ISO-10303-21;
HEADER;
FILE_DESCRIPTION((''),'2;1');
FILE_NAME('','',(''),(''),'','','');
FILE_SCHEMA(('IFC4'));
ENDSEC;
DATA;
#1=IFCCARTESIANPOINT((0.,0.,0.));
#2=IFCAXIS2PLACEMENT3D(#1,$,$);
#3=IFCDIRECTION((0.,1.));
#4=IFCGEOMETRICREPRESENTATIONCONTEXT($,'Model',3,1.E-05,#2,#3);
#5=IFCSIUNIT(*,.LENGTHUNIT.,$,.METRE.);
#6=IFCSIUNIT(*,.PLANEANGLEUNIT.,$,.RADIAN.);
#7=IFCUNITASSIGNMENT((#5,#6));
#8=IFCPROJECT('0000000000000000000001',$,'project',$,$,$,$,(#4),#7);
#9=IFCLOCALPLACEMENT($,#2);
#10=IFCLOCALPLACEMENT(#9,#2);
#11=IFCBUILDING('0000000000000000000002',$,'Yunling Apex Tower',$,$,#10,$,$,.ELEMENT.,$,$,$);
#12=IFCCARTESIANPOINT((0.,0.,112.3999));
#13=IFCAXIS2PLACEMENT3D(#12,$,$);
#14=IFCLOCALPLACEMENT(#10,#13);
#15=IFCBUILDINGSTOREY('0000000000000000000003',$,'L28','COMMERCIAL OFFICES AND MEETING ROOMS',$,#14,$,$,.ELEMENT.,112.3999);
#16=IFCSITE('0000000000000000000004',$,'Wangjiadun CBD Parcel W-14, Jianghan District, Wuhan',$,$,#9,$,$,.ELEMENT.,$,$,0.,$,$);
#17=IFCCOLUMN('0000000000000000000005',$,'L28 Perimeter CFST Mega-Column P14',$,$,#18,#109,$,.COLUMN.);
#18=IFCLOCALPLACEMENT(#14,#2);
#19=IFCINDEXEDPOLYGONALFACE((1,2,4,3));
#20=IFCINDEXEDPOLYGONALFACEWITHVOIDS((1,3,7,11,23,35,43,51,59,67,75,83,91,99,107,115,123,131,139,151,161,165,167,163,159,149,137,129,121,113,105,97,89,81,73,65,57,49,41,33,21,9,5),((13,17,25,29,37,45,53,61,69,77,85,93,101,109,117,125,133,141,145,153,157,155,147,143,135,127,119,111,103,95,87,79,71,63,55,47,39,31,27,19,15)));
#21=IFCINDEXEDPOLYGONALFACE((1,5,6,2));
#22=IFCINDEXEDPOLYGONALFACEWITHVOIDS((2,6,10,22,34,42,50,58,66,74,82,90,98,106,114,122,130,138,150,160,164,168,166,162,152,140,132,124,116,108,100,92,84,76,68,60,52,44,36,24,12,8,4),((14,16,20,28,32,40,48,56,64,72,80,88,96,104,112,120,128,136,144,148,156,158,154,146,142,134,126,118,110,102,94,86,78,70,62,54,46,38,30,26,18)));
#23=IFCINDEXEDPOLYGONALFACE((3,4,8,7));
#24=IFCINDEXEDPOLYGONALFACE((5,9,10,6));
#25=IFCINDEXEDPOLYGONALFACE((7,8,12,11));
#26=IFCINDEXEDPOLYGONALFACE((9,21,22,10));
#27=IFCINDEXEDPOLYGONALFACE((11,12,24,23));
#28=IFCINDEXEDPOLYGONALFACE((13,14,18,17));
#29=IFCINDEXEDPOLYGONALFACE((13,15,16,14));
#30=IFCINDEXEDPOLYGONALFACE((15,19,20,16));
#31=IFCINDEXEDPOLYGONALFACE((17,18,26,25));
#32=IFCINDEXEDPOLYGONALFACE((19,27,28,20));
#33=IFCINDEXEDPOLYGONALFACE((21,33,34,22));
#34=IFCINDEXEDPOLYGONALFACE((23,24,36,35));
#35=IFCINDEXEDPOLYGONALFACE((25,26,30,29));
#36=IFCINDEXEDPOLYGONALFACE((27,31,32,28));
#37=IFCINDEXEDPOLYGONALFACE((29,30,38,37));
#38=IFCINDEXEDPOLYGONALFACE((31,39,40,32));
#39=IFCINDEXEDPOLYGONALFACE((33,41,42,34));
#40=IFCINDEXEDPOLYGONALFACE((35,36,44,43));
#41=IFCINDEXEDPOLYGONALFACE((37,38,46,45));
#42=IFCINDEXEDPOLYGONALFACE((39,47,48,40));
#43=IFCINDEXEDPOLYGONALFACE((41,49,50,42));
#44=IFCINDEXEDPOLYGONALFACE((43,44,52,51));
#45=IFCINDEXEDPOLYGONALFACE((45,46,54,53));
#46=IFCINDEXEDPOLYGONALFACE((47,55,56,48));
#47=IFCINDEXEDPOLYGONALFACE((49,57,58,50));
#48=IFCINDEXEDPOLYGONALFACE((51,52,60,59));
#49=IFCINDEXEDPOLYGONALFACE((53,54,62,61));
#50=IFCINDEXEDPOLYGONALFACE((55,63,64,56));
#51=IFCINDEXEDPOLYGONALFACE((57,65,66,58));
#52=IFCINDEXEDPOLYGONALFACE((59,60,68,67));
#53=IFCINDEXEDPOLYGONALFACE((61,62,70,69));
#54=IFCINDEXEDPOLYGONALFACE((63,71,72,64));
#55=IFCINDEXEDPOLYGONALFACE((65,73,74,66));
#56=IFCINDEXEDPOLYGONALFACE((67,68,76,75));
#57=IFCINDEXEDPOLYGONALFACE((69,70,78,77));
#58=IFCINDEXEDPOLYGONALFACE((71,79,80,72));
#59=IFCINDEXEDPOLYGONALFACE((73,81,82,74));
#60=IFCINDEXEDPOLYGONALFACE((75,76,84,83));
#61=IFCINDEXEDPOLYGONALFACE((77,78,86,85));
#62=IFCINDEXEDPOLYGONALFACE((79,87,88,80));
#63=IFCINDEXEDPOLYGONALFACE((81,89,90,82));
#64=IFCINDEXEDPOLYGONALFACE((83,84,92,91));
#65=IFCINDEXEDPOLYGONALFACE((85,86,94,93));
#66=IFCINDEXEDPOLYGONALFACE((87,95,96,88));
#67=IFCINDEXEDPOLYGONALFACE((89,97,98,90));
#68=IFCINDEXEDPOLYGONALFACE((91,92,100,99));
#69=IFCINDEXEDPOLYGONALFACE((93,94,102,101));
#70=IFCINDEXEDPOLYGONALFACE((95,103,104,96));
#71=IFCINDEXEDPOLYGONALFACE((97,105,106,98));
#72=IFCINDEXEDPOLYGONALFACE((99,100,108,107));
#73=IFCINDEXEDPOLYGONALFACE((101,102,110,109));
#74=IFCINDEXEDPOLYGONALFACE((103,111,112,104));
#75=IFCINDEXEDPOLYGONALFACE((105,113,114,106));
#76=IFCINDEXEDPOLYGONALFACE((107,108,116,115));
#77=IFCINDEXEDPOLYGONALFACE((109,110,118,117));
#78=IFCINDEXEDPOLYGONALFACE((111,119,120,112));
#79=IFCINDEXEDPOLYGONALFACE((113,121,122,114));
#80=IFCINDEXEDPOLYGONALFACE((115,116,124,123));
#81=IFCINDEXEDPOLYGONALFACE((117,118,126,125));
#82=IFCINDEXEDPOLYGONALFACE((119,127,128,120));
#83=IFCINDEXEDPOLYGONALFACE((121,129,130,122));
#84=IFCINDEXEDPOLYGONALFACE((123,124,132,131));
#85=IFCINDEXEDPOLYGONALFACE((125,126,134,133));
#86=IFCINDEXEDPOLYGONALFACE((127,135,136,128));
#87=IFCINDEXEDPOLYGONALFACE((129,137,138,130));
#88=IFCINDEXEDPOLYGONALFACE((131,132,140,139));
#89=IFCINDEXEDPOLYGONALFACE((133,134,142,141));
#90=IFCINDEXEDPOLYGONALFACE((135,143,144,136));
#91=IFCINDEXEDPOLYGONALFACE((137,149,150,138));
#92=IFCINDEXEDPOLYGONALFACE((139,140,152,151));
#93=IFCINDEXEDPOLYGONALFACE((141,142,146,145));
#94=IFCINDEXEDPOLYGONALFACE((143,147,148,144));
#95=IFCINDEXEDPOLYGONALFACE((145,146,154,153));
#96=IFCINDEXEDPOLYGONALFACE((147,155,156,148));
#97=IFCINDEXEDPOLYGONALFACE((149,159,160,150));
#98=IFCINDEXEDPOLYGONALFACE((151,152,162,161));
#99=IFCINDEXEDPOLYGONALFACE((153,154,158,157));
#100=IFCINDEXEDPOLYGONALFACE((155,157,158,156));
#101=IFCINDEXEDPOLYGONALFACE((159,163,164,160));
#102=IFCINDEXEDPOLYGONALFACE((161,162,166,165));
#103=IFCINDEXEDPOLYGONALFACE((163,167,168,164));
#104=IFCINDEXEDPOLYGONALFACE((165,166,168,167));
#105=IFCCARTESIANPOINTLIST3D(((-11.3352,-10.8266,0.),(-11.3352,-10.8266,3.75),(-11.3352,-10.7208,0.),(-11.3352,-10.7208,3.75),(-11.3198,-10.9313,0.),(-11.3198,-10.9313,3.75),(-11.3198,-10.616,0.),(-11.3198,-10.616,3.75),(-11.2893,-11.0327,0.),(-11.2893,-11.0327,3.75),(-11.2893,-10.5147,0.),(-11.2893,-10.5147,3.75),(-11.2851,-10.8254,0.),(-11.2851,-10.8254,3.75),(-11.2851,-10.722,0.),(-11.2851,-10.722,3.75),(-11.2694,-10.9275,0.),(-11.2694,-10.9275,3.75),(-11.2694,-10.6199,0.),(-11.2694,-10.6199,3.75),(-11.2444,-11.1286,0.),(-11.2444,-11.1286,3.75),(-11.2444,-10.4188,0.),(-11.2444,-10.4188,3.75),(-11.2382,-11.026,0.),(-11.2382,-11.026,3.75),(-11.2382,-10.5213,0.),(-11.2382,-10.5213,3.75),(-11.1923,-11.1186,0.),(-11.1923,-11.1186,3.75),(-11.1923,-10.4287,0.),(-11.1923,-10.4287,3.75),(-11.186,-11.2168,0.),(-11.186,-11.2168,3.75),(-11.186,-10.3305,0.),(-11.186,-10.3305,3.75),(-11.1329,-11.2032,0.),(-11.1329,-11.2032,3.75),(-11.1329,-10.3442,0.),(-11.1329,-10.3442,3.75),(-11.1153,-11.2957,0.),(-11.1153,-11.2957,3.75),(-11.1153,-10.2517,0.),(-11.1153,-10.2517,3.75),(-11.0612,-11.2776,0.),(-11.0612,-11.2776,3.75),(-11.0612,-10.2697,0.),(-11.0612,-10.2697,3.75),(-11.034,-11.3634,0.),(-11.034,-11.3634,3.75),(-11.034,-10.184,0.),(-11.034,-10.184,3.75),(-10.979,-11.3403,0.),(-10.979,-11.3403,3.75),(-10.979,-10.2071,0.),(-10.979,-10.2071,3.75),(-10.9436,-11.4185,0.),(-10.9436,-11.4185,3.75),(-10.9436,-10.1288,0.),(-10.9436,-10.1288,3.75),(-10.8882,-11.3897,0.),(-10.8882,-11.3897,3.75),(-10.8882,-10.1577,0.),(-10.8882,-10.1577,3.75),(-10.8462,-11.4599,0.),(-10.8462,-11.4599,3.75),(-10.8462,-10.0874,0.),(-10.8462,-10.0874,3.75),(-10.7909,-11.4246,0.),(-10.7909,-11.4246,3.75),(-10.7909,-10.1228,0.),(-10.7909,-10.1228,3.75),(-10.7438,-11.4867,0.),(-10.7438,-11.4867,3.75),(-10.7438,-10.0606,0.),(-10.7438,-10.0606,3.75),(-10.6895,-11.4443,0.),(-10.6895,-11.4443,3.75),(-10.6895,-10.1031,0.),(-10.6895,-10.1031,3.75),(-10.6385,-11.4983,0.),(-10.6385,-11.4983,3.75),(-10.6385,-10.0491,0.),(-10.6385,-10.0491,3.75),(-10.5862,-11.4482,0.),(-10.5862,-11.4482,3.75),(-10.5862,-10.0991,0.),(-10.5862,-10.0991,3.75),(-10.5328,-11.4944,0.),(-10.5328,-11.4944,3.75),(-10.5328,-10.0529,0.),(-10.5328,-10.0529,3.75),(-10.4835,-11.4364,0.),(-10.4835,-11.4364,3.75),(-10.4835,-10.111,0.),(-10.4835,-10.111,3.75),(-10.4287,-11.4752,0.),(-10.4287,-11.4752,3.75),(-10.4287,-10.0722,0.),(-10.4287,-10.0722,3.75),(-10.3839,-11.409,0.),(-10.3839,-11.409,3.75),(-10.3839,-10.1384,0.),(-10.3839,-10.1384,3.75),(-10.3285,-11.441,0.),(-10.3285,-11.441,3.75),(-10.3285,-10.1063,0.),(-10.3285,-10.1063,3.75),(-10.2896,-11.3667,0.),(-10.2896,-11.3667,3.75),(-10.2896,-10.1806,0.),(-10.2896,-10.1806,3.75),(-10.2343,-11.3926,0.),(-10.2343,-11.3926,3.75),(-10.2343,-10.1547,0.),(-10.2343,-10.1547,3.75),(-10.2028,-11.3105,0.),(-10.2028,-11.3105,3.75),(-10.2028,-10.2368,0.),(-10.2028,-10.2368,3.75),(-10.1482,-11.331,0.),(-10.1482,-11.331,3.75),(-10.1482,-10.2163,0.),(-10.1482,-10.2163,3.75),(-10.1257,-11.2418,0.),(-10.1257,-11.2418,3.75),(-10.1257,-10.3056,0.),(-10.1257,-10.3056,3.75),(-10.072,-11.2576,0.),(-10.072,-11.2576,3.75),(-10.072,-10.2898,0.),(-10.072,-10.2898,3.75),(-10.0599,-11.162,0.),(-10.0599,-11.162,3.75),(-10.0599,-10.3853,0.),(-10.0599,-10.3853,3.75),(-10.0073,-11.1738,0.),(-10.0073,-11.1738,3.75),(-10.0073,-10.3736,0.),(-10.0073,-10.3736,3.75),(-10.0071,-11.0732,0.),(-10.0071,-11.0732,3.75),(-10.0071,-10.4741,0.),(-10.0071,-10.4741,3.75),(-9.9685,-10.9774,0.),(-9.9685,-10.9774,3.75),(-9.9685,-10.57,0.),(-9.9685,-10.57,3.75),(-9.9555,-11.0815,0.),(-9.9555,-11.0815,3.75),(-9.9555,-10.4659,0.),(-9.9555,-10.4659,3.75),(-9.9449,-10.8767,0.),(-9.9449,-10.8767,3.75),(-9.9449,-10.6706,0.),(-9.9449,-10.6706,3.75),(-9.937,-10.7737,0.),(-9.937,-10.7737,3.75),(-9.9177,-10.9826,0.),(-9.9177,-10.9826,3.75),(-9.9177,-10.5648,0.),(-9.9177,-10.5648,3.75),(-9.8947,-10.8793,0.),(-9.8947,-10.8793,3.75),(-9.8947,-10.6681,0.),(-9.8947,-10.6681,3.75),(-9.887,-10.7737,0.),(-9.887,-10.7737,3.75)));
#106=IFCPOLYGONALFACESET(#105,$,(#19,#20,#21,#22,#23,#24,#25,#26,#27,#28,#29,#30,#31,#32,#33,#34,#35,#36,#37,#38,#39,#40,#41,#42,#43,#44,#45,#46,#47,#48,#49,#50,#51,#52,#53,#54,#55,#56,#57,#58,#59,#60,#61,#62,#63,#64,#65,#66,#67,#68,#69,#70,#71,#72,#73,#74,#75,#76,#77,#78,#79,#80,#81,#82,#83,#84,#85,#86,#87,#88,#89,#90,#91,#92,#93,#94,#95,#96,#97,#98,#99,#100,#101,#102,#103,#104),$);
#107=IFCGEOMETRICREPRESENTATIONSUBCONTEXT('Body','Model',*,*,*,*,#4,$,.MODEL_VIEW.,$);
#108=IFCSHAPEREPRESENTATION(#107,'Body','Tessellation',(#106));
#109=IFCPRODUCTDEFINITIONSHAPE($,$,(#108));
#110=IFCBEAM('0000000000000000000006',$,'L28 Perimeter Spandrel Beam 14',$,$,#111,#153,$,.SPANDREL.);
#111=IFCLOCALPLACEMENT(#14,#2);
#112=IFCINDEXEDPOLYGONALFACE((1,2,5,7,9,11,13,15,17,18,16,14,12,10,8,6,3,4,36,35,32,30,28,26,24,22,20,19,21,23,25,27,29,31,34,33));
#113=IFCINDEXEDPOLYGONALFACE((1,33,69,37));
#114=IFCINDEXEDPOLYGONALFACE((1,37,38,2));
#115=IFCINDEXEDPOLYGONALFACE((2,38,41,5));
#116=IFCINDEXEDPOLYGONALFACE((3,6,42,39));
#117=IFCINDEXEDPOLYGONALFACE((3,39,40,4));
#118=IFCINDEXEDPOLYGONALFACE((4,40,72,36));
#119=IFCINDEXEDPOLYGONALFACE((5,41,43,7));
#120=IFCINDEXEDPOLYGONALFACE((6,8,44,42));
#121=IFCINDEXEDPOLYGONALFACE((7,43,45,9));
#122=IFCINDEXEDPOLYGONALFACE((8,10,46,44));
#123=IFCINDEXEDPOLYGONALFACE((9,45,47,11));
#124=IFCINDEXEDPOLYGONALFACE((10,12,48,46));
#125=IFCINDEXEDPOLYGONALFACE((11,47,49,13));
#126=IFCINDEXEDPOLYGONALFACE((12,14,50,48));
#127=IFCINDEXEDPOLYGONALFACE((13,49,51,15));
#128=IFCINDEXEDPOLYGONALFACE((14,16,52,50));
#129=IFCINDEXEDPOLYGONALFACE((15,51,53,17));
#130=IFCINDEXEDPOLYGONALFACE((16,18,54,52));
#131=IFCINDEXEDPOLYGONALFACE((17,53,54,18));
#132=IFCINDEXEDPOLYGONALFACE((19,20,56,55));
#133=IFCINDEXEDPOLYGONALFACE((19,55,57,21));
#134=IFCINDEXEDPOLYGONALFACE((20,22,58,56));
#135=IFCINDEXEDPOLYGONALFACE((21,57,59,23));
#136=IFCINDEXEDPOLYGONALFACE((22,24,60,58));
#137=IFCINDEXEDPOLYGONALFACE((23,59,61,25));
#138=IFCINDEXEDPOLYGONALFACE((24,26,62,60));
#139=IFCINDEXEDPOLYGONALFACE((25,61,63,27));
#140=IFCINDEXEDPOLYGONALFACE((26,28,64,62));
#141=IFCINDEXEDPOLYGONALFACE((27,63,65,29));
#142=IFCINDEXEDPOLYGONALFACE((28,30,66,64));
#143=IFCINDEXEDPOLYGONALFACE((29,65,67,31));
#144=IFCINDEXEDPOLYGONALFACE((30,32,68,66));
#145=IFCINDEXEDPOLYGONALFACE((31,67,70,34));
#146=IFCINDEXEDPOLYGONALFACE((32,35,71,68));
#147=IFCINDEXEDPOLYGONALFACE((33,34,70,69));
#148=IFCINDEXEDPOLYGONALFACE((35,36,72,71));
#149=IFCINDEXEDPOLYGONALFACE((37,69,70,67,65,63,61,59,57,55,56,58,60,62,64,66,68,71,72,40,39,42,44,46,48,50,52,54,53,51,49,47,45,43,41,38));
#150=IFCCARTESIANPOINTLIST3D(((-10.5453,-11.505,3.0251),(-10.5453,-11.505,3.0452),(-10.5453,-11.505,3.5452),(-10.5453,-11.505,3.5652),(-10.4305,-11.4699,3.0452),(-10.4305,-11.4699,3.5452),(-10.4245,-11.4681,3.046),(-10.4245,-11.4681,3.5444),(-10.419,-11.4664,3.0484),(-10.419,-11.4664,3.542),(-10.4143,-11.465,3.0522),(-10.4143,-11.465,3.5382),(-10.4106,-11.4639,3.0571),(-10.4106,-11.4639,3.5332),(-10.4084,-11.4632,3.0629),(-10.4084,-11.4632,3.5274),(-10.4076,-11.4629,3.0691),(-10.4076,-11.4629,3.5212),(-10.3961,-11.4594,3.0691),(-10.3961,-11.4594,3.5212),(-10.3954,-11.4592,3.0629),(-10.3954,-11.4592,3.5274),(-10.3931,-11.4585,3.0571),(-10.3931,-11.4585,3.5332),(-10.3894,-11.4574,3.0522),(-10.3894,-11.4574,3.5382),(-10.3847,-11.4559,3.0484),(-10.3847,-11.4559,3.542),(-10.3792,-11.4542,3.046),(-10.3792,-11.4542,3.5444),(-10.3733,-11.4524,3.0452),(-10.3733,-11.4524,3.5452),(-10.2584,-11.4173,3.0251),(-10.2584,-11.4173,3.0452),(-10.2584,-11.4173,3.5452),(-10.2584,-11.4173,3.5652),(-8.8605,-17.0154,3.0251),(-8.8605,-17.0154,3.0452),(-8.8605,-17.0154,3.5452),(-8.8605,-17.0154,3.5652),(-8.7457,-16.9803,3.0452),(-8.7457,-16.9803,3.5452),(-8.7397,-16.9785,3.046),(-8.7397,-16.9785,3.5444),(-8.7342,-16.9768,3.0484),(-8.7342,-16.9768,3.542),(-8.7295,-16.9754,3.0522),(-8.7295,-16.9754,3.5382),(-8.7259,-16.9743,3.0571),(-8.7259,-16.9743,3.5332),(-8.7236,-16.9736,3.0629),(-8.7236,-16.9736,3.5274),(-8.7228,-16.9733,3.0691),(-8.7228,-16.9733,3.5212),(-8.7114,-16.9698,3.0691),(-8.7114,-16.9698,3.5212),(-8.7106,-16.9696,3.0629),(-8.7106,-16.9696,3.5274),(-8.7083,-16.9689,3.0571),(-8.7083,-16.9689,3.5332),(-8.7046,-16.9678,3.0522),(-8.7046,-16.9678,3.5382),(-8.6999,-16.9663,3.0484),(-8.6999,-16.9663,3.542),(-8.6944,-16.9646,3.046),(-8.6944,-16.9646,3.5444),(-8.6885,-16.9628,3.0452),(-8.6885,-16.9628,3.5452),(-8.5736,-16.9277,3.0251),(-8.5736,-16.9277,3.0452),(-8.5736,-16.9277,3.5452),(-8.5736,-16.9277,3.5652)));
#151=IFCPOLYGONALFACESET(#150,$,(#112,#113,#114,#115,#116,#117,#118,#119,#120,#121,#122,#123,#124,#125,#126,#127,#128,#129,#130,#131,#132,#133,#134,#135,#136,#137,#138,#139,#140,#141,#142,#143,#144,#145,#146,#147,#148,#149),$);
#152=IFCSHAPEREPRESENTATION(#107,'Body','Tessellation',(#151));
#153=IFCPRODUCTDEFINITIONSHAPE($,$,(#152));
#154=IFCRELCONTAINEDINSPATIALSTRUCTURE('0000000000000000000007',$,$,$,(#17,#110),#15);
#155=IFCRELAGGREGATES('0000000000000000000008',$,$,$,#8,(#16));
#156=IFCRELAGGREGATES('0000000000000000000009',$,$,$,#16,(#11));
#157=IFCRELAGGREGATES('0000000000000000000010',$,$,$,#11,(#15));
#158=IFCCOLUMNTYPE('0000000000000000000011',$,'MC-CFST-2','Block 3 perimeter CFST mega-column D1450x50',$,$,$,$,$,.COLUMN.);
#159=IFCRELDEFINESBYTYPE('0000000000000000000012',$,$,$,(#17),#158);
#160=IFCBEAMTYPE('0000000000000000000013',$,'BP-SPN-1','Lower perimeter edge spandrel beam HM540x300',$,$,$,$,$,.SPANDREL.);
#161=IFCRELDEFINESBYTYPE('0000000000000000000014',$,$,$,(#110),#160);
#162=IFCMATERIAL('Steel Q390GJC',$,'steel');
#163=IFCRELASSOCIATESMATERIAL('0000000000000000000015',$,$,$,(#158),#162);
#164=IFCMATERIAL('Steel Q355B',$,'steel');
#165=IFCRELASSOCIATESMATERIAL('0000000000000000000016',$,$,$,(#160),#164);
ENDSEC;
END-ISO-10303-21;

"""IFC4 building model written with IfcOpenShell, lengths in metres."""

from ifc_helpers import new_model, si_unit, direction, frame, origin, origin_2d, place, context, subcontext, project, spatial, hollow_circle, i_section, extrude, source, transform, mapped, material, material_profile, profile_set, type_object, element, save


model = new_model("IFC4")

# Units and contexts
model_context = context("Model", 3, precision=1e-05, world=origin(), true_north=direction((0.0, 1.0)))
body_context = subcontext(model_context, "Body", "Model", "MODEL_VIEW")
ifc_project = project(units=[si_unit("LENGTHUNIT", "METRE"), si_unit("PLANEANGLEUNIT", "RADIAN")], contexts=[model_context])

# Site, building, storey
site_placement = place(None, origin())
site = spatial("IfcSite", under=ifc_project, at=site_placement, Name="Wangjiadun CBD Parcel W-14, Jianghan District, Wuhan", CompositionType="ELEMENT", RefElevation=0.0)
building_placement = place(site_placement, origin())
building = spatial("IfcBuilding", under=site, at=building_placement, Name="Yunling Apex Tower", CompositionType="ELEMENT")
storey_placement = place(building_placement, frame((0.0, 0.0, 112.3999)))
storey = spatial("IfcBuildingStorey", under=building, at=storey_placement, Name="L28", Description="COMMERCIAL OFFICES AND MEETING ROOMS", CompositionType="ELEMENT", Elevation=112.3999)

# Column
ifc_material_1 = material(Name="Steel Q390GJC", Category="steel")
ifc_material_profile_1 = material_profile(ifc_material_1, hollow_circle(Radius=0.7251, WallThickness=0.05, at=origin_2d()))
ifc_profile_set_1 = profile_set([ifc_material_profile_1], Name="Steel Q390GJC")
column_type = type_object("IfcColumnType", Name="MC-CFST-2", Description="Block 3 perimeter CFST mega-column D1450x50", PredefinedType="COLUMN", material=ifc_profile_set_1)
shared_shape_1 = source(origin(), body_context, "Body", "SweptSolid", [
    extrude(hollow_circle(Radius=0.7251, WallThickness=0.05, at=origin_2d()), origin(), (0.0, 0.0, 1.0), 3.75),
])
column_placement = place(storey_placement, frame((-10.6121, -10.7737, 0.0), z_axis=(0.0, 0.0, 1.0), x_axis=(1.0, 0.0, 0.0)))
element("IfcColumn", 1, at=column_placement, inside=storey, type_object=column_type, Name="L28 Perimeter CFST Mega-Column P14", PredefinedType="COLUMN", context=body_context, shape_type="MappedRepresentation", body=[
    mapped(shared_shape_1, transform((0.0, 0.0, 0.0), scale=1.0)),
])

# Beam
ifc_material_2 = material(Name="Steel Q355B", Category="steel")
ifc_material_profile_2 = material_profile(ifc_material_2, i_section(OverallWidth=0.3, OverallDepth=0.54, WebThickness=0.012, FlangeThickness=0.02, FilletRadius=0.0239, at=origin_2d()))
ifc_profile_set_2 = profile_set([ifc_material_profile_2], Name="Steel Q355B")
beam_type_1 = type_object("IfcBeamType", Name="BP-SPN-1", Description="Lower perimeter edge spandrel beam HM540x300", PredefinedType="SPANDREL", material=ifc_profile_set_2)
shared_shape_2 = source(origin(), body_context, "Body", "SweptSolid", [
    extrude(i_section(OverallWidth=0.3, OverallDepth=0.54, WebThickness=0.012, FlangeThickness=0.02, FilletRadius=0.0239, at=origin_2d()), origin(), (0.0, 0.0, 1.0), 5.7622),
])
beam_1_placement = place(storey_placement, frame((-10.4019, -11.4612, 3.2952), z_axis=(0.292385, -0.956301, 0.0), x_axis=(0.956301, 0.292385, 0.0)))
element("IfcBeam", 2, at=beam_1_placement, inside=storey, type_object=beam_type_1, Name="L28 Perimeter Spandrel Beam 14", PredefinedType="SPANDREL", context=body_context, shape_type="MappedRepresentation", body=[
    mapped(shared_shape_2, transform((0.0, 0.0, 0.0), scale=1.0)),
])

save(model, "model.ifc")
